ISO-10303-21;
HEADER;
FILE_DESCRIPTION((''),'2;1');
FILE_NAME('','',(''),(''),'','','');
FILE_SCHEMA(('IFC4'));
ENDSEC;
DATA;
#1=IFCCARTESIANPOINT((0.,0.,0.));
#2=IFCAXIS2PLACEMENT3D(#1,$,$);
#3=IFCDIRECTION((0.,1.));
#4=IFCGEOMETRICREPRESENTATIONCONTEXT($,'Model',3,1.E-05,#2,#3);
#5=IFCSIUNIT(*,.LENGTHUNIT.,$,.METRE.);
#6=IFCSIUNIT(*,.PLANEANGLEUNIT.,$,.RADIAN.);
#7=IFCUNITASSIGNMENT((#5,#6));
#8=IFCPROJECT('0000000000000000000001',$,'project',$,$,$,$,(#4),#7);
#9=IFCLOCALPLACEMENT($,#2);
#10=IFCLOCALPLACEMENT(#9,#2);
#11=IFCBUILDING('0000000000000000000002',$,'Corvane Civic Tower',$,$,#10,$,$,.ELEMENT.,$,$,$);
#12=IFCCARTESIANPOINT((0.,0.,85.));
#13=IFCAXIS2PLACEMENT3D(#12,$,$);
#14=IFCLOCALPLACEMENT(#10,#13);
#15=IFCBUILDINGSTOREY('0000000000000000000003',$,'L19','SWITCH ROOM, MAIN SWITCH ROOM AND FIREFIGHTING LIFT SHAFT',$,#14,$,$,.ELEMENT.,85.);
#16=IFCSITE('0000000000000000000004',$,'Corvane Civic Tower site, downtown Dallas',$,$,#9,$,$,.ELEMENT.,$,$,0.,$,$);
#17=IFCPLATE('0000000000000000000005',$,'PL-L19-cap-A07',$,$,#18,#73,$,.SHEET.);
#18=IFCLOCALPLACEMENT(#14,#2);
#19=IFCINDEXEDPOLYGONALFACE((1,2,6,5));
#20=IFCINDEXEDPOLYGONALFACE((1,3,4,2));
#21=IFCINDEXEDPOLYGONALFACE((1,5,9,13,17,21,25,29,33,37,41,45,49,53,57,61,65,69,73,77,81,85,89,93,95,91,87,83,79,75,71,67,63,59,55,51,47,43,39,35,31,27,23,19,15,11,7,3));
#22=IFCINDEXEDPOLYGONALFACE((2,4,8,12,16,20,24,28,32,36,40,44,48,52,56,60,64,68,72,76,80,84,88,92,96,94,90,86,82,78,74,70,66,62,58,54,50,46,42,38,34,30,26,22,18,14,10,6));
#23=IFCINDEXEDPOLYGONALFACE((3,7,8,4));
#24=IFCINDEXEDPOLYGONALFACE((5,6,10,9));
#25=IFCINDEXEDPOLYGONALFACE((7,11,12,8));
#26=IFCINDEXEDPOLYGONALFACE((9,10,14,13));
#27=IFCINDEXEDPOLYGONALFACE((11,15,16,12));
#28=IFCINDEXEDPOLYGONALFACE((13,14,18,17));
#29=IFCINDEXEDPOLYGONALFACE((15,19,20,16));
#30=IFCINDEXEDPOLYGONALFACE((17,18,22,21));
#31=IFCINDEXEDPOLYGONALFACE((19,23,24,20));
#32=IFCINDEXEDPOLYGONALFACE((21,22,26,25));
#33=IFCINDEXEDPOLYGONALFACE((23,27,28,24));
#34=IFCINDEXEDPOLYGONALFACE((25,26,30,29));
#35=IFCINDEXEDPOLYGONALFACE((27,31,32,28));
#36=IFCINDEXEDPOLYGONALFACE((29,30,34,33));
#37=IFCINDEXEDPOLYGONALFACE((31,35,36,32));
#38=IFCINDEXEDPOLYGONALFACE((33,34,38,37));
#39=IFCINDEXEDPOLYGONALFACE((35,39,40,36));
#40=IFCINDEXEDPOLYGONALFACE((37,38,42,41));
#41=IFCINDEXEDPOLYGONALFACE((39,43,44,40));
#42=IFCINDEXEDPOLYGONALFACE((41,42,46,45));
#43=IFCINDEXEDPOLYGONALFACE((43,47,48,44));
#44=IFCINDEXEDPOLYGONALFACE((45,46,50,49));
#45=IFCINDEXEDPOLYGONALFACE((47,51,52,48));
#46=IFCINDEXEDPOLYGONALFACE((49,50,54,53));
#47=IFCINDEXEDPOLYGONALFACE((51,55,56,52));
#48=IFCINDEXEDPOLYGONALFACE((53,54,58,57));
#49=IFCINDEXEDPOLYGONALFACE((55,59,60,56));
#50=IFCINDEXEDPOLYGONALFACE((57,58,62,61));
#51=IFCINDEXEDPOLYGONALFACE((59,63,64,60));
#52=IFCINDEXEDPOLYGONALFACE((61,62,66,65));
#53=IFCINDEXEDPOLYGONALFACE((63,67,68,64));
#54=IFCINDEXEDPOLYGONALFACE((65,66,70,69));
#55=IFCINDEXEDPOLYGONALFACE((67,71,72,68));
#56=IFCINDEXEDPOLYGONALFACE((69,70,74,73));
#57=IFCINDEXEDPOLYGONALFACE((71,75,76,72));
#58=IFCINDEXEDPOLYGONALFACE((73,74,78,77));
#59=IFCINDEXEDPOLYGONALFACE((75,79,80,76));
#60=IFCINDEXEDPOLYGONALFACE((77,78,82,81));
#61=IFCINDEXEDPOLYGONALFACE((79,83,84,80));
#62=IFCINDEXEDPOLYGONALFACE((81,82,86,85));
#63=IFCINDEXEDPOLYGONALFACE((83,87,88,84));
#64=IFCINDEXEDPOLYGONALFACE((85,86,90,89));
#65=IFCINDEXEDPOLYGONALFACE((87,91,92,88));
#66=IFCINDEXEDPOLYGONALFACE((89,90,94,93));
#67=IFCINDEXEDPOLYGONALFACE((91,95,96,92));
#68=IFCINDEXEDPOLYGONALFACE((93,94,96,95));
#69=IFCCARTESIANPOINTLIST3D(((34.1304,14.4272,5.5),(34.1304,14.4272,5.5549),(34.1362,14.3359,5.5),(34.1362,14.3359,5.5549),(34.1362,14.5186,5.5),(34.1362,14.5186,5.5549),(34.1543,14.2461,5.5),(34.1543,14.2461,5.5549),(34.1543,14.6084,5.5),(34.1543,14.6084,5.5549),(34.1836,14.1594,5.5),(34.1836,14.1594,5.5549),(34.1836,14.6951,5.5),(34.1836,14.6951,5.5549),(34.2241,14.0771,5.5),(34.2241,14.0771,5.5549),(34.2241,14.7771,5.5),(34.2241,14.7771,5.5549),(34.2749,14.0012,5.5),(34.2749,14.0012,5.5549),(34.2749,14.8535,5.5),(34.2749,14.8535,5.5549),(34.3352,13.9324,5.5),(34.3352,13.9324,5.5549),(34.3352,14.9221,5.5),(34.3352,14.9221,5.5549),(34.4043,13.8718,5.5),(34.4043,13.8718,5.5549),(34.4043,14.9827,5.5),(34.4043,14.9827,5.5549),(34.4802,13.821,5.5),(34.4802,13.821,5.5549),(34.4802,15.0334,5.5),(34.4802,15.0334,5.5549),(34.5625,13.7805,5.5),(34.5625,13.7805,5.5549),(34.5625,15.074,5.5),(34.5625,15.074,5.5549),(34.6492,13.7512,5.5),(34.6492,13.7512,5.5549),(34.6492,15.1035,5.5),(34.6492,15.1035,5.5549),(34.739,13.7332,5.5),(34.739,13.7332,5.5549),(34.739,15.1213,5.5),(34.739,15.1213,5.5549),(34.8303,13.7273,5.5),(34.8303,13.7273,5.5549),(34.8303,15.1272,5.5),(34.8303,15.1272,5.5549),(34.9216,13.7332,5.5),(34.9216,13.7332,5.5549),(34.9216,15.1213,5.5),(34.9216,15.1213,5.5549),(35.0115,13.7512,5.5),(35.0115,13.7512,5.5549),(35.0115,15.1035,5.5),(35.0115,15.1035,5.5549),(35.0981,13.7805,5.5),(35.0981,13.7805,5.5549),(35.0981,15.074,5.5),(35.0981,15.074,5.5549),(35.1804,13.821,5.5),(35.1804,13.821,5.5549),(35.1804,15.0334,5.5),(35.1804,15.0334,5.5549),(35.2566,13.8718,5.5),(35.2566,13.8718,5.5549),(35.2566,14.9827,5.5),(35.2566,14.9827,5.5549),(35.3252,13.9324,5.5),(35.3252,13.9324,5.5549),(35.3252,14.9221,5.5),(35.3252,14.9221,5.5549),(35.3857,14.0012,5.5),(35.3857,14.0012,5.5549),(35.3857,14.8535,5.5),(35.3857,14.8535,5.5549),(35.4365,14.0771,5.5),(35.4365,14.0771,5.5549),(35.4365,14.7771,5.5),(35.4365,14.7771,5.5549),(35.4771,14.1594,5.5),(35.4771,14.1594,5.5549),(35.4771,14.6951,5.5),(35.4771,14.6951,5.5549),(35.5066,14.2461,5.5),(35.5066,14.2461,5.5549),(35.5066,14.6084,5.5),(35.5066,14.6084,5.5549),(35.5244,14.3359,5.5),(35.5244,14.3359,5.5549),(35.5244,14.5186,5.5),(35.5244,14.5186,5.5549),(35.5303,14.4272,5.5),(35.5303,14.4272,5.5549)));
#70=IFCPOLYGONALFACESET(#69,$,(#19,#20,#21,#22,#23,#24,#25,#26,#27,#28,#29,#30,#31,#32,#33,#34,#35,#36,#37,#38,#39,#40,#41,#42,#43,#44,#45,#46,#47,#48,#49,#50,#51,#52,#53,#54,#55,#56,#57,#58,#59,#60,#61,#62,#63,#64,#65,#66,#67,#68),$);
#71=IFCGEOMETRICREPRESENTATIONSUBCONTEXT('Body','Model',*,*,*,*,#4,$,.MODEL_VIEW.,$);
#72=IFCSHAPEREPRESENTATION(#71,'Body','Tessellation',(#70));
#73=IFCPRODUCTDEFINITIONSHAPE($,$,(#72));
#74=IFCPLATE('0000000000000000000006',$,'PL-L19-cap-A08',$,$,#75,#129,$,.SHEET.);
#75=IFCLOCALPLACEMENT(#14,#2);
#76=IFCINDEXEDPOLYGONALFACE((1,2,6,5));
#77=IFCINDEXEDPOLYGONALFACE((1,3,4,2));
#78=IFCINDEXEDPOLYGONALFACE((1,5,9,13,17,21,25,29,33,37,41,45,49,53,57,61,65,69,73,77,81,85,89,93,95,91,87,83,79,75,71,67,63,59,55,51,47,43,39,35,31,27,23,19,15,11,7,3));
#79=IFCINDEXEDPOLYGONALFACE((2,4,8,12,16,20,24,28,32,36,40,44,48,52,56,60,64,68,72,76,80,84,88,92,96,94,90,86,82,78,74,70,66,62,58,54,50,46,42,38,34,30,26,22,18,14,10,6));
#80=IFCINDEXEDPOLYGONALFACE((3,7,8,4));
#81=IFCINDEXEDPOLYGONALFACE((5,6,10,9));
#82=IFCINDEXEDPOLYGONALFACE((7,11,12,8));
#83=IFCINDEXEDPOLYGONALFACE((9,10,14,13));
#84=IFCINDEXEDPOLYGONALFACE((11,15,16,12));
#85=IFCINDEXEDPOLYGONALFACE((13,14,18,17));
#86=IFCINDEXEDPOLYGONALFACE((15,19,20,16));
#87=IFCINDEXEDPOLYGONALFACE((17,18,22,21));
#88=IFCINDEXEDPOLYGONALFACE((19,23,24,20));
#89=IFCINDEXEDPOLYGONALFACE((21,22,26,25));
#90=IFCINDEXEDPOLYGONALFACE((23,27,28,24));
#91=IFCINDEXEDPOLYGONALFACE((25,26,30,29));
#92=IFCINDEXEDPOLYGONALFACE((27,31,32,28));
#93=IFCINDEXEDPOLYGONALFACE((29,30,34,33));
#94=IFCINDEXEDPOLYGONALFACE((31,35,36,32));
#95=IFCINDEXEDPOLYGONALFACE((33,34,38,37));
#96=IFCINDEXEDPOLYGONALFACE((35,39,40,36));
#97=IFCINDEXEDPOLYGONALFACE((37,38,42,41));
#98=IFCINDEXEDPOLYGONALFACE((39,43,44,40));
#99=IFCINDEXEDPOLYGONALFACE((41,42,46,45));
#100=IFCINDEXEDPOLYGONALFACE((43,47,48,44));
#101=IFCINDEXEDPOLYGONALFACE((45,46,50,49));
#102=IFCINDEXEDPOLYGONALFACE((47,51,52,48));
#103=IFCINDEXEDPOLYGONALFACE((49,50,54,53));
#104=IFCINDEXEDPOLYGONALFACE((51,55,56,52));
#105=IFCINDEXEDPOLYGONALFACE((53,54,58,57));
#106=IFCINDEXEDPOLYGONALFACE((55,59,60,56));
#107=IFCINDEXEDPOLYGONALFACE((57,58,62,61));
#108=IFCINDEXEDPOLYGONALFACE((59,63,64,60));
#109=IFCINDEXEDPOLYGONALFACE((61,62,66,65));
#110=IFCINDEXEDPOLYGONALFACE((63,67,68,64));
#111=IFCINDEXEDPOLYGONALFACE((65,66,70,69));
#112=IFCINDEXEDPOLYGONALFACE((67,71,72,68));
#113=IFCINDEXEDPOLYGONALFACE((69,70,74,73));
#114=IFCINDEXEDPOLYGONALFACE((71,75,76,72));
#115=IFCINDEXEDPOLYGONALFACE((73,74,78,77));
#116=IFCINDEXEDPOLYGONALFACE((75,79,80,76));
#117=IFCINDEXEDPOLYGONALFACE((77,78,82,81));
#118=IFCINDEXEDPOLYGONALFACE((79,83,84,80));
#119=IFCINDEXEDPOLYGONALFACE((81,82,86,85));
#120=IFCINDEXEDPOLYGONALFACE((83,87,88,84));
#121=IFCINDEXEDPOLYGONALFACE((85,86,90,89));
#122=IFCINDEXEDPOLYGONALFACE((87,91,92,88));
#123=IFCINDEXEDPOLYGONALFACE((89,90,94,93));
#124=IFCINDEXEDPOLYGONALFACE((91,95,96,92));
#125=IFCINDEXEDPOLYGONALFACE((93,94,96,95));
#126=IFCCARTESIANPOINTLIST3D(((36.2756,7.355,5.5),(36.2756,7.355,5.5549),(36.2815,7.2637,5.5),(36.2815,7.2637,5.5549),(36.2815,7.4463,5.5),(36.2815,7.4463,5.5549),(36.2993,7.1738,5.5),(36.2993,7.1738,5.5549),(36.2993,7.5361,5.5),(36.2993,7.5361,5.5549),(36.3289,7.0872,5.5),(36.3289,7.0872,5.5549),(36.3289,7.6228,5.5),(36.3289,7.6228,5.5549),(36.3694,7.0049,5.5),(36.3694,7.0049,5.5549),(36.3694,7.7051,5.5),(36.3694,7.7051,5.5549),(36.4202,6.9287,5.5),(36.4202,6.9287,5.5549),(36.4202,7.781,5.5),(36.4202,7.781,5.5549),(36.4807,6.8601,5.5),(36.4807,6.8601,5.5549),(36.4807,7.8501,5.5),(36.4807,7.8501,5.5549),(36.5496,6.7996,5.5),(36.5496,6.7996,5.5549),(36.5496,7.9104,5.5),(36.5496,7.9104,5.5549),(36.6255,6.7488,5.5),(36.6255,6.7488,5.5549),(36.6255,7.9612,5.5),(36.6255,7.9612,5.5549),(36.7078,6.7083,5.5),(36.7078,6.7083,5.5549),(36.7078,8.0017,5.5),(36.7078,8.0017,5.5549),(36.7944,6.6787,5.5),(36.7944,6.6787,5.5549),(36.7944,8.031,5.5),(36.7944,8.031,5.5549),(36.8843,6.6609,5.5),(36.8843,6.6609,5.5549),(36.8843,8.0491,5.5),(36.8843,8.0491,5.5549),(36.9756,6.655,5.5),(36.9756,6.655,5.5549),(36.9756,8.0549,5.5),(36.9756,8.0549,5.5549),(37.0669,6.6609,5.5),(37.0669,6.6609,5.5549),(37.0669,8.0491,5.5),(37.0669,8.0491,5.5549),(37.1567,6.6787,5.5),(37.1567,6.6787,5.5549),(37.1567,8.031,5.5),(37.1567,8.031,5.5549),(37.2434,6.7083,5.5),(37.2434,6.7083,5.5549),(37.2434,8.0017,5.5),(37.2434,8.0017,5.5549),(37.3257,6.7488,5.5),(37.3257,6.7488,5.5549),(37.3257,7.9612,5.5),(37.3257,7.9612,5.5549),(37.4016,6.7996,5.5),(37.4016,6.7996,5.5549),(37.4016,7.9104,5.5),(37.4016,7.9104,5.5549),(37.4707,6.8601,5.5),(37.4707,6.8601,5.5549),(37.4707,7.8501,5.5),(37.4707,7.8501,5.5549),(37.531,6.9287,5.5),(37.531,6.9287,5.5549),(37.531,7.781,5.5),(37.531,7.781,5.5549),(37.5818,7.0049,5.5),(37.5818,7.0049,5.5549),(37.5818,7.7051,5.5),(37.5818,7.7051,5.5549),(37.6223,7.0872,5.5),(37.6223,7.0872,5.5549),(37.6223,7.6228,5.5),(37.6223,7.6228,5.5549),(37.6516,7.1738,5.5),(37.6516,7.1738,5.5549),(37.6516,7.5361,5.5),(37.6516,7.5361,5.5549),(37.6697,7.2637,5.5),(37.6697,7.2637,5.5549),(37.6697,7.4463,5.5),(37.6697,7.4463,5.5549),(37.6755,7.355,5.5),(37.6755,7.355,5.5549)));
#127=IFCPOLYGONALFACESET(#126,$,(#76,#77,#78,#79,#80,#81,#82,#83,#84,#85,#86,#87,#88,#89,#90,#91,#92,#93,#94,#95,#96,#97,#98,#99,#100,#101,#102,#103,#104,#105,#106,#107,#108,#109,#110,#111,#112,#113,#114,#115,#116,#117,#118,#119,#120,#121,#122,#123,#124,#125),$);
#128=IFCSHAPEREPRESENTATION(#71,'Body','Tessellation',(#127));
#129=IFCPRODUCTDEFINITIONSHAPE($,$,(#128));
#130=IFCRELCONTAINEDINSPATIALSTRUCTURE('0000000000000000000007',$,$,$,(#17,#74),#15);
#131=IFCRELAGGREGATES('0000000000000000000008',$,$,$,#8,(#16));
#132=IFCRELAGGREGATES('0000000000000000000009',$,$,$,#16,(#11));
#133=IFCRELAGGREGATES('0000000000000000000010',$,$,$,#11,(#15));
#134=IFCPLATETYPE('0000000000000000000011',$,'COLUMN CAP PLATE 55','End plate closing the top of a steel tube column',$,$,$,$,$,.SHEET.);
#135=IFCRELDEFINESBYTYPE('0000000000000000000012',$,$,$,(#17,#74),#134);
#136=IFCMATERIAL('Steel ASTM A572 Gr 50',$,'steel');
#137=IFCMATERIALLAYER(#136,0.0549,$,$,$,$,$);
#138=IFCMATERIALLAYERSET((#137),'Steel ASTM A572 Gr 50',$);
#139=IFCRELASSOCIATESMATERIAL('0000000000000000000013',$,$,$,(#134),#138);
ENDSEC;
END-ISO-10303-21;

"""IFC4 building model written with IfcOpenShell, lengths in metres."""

from ifc_helpers import new_model, si_unit, direction, frame, origin, place, context, subcontext, project, spatial, polyline, outline, extrude, material, layer, layer_set, type_object, element, save


model = new_model("IFC4")

# Units and contexts
model_context = context("Model", 3, precision=1e-05, world=origin(), true_north=direction((0.0, 1.0)))
body_context = subcontext(model_context, "Body", "Model", "MODEL_VIEW")
ifc_project = project(units=[si_unit("LENGTHUNIT", "METRE"), si_unit("PLANEANGLEUNIT", "RADIAN")], contexts=[model_context])

# Site, building, storey
site_placement = place(None, origin())
site = spatial("IfcSite", under=ifc_project, at=site_placement, Name="Corvane Civic Tower site, downtown Dallas", CompositionType="ELEMENT", RefElevation=0.0)
building_placement = place(site_placement, origin())
building = spatial("IfcBuilding", under=site, at=building_placement, Name="Corvane Civic Tower", CompositionType="ELEMENT")
storey_placement = place(building_placement, frame((0.0, 0.0, 85.0)))
storey = spatial("IfcBuildingStorey", under=building, at=storey_placement, Name="L19", Description="SWITCH ROOM, MAIN SWITCH ROOM AND FIREFIGHTING LIFT SHAFT", CompositionType="ELEMENT", Elevation=85.0)

# Plates
ifc_material_1 = material(Name="Steel ASTM A572 Gr 50", Category="steel")
ifc_layer_1 = layer(ifc_material_1, 0.0549)
ifc_layer_set_1 = layer_set([ifc_layer_1], Name="Steel ASTM A572 Gr 50")
plate_type = type_object("IfcPlateType", Name="COLUMN CAP PLATE 55", Description="End plate closing the top of a steel tube column", PredefinedType="SHEET", material=ifc_layer_set_1)
plate_1_placement = place(storey_placement, frame((0.0, 0.0, 5.5)))
element("IfcPlate", 1, at=plate_1_placement, inside=storey, type_object=plate_type, Name="PL-L19-cap-A07", PredefinedType="SHEET", context=body_context, shape_type="SweptSolid", body=[
    extrude(outline(polyline([(35.5303, 14.4272), (35.5244, 14.5186), (35.5066, 14.6084), (35.4771, 14.6951), (35.4365, 14.7771), (35.3857, 14.8535), (35.3252, 14.9221), (35.2566, 14.9827), (35.1804, 15.0334), (35.0981, 15.074), (35.0115, 15.1035), (34.9216, 15.1213), (34.8303, 15.1272), (34.739, 15.1213), (34.6492, 15.1035), (34.5625, 15.074), (34.4802, 15.0334), (34.4043, 14.9827), (34.3352, 14.9221), (34.2749, 14.8535), (34.2241, 14.7771), (34.1836, 14.6951), (34.1543, 14.6084), (34.1362, 14.5186), (34.1304, 14.4272), (34.1362, 14.3359), (34.1543, 14.2461), (34.1836, 14.1594), (34.2241, 14.0771), (34.2749, 14.0012), (34.3352, 13.9324), (34.4043, 13.8718), (34.4802, 13.821), (34.5625, 13.7805), (34.6492, 13.7512), (34.739, 13.7332), (34.8303, 13.7273), (34.9216, 13.7332), (35.0115, 13.7512), (35.0981, 13.7805), (35.1804, 13.821), (35.2566, 13.8718), (35.3252, 13.9324), (35.3857, 14.0012), (35.4365, 14.0771), (35.4771, 14.1594), (35.5066, 14.2461), (35.5244, 14.3359), (35.5303, 14.4272)])), origin(), (0.0, 0.0, 1.0), 0.0549),
])
plate_2_placement = place(storey_placement, frame((0.0, 0.0, 5.5)))
element("IfcPlate", 2, at=plate_2_placement, inside=storey, type_object=plate_type, Name="PL-L19-cap-A08", PredefinedType="SHEET", context=body_context, shape_type="SweptSolid", body=[
    extrude(outline(polyline([(37.6755, 7.355), (37.6697, 7.4463), (37.6516, 7.5361), (37.6223, 7.6228), (37.5818, 7.7051), (37.531, 7.781), (37.4707, 7.8501), (37.4016, 7.9104), (37.3257, 7.9612), (37.2434, 8.0017), (37.1567, 8.031), (37.0669, 8.0491), (36.9756, 8.0549), (36.8843, 8.0491), (36.7944, 8.031), (36.7078, 8.0017), (36.6255, 7.9612), (36.5496, 7.9104), (36.4807, 7.8501), (36.4202, 7.781), (36.3694, 7.7051), (36.3289, 7.6228), (36.2993, 7.5361), (36.2815, 7.4463), (36.2756, 7.355), (36.2815, 7.2637), (36.2993, 7.1738), (36.3289, 7.0872), (36.3694, 7.0049), (36.4202, 6.9287), (36.4807, 6.8601), (36.5496, 6.7996), (36.6255, 6.7488), (36.7078, 6.7083), (36.7944, 6.6787), (36.8843, 6.6609), (36.9756, 6.655), (37.0669, 6.6609), (37.1567, 6.6787), (37.2434, 6.7083), (37.3257, 6.7488), (37.4016, 6.7996), (37.4707, 6.8601), (37.531, 6.9287), (37.5818, 7.0049), (37.6223, 7.0872), (37.6516, 7.1738), (37.6697, 7.2637), (37.6755, 7.355)])), origin(), (0.0, 0.0, 1.0), 0.0549),
])

save(model, "model.ifc")
